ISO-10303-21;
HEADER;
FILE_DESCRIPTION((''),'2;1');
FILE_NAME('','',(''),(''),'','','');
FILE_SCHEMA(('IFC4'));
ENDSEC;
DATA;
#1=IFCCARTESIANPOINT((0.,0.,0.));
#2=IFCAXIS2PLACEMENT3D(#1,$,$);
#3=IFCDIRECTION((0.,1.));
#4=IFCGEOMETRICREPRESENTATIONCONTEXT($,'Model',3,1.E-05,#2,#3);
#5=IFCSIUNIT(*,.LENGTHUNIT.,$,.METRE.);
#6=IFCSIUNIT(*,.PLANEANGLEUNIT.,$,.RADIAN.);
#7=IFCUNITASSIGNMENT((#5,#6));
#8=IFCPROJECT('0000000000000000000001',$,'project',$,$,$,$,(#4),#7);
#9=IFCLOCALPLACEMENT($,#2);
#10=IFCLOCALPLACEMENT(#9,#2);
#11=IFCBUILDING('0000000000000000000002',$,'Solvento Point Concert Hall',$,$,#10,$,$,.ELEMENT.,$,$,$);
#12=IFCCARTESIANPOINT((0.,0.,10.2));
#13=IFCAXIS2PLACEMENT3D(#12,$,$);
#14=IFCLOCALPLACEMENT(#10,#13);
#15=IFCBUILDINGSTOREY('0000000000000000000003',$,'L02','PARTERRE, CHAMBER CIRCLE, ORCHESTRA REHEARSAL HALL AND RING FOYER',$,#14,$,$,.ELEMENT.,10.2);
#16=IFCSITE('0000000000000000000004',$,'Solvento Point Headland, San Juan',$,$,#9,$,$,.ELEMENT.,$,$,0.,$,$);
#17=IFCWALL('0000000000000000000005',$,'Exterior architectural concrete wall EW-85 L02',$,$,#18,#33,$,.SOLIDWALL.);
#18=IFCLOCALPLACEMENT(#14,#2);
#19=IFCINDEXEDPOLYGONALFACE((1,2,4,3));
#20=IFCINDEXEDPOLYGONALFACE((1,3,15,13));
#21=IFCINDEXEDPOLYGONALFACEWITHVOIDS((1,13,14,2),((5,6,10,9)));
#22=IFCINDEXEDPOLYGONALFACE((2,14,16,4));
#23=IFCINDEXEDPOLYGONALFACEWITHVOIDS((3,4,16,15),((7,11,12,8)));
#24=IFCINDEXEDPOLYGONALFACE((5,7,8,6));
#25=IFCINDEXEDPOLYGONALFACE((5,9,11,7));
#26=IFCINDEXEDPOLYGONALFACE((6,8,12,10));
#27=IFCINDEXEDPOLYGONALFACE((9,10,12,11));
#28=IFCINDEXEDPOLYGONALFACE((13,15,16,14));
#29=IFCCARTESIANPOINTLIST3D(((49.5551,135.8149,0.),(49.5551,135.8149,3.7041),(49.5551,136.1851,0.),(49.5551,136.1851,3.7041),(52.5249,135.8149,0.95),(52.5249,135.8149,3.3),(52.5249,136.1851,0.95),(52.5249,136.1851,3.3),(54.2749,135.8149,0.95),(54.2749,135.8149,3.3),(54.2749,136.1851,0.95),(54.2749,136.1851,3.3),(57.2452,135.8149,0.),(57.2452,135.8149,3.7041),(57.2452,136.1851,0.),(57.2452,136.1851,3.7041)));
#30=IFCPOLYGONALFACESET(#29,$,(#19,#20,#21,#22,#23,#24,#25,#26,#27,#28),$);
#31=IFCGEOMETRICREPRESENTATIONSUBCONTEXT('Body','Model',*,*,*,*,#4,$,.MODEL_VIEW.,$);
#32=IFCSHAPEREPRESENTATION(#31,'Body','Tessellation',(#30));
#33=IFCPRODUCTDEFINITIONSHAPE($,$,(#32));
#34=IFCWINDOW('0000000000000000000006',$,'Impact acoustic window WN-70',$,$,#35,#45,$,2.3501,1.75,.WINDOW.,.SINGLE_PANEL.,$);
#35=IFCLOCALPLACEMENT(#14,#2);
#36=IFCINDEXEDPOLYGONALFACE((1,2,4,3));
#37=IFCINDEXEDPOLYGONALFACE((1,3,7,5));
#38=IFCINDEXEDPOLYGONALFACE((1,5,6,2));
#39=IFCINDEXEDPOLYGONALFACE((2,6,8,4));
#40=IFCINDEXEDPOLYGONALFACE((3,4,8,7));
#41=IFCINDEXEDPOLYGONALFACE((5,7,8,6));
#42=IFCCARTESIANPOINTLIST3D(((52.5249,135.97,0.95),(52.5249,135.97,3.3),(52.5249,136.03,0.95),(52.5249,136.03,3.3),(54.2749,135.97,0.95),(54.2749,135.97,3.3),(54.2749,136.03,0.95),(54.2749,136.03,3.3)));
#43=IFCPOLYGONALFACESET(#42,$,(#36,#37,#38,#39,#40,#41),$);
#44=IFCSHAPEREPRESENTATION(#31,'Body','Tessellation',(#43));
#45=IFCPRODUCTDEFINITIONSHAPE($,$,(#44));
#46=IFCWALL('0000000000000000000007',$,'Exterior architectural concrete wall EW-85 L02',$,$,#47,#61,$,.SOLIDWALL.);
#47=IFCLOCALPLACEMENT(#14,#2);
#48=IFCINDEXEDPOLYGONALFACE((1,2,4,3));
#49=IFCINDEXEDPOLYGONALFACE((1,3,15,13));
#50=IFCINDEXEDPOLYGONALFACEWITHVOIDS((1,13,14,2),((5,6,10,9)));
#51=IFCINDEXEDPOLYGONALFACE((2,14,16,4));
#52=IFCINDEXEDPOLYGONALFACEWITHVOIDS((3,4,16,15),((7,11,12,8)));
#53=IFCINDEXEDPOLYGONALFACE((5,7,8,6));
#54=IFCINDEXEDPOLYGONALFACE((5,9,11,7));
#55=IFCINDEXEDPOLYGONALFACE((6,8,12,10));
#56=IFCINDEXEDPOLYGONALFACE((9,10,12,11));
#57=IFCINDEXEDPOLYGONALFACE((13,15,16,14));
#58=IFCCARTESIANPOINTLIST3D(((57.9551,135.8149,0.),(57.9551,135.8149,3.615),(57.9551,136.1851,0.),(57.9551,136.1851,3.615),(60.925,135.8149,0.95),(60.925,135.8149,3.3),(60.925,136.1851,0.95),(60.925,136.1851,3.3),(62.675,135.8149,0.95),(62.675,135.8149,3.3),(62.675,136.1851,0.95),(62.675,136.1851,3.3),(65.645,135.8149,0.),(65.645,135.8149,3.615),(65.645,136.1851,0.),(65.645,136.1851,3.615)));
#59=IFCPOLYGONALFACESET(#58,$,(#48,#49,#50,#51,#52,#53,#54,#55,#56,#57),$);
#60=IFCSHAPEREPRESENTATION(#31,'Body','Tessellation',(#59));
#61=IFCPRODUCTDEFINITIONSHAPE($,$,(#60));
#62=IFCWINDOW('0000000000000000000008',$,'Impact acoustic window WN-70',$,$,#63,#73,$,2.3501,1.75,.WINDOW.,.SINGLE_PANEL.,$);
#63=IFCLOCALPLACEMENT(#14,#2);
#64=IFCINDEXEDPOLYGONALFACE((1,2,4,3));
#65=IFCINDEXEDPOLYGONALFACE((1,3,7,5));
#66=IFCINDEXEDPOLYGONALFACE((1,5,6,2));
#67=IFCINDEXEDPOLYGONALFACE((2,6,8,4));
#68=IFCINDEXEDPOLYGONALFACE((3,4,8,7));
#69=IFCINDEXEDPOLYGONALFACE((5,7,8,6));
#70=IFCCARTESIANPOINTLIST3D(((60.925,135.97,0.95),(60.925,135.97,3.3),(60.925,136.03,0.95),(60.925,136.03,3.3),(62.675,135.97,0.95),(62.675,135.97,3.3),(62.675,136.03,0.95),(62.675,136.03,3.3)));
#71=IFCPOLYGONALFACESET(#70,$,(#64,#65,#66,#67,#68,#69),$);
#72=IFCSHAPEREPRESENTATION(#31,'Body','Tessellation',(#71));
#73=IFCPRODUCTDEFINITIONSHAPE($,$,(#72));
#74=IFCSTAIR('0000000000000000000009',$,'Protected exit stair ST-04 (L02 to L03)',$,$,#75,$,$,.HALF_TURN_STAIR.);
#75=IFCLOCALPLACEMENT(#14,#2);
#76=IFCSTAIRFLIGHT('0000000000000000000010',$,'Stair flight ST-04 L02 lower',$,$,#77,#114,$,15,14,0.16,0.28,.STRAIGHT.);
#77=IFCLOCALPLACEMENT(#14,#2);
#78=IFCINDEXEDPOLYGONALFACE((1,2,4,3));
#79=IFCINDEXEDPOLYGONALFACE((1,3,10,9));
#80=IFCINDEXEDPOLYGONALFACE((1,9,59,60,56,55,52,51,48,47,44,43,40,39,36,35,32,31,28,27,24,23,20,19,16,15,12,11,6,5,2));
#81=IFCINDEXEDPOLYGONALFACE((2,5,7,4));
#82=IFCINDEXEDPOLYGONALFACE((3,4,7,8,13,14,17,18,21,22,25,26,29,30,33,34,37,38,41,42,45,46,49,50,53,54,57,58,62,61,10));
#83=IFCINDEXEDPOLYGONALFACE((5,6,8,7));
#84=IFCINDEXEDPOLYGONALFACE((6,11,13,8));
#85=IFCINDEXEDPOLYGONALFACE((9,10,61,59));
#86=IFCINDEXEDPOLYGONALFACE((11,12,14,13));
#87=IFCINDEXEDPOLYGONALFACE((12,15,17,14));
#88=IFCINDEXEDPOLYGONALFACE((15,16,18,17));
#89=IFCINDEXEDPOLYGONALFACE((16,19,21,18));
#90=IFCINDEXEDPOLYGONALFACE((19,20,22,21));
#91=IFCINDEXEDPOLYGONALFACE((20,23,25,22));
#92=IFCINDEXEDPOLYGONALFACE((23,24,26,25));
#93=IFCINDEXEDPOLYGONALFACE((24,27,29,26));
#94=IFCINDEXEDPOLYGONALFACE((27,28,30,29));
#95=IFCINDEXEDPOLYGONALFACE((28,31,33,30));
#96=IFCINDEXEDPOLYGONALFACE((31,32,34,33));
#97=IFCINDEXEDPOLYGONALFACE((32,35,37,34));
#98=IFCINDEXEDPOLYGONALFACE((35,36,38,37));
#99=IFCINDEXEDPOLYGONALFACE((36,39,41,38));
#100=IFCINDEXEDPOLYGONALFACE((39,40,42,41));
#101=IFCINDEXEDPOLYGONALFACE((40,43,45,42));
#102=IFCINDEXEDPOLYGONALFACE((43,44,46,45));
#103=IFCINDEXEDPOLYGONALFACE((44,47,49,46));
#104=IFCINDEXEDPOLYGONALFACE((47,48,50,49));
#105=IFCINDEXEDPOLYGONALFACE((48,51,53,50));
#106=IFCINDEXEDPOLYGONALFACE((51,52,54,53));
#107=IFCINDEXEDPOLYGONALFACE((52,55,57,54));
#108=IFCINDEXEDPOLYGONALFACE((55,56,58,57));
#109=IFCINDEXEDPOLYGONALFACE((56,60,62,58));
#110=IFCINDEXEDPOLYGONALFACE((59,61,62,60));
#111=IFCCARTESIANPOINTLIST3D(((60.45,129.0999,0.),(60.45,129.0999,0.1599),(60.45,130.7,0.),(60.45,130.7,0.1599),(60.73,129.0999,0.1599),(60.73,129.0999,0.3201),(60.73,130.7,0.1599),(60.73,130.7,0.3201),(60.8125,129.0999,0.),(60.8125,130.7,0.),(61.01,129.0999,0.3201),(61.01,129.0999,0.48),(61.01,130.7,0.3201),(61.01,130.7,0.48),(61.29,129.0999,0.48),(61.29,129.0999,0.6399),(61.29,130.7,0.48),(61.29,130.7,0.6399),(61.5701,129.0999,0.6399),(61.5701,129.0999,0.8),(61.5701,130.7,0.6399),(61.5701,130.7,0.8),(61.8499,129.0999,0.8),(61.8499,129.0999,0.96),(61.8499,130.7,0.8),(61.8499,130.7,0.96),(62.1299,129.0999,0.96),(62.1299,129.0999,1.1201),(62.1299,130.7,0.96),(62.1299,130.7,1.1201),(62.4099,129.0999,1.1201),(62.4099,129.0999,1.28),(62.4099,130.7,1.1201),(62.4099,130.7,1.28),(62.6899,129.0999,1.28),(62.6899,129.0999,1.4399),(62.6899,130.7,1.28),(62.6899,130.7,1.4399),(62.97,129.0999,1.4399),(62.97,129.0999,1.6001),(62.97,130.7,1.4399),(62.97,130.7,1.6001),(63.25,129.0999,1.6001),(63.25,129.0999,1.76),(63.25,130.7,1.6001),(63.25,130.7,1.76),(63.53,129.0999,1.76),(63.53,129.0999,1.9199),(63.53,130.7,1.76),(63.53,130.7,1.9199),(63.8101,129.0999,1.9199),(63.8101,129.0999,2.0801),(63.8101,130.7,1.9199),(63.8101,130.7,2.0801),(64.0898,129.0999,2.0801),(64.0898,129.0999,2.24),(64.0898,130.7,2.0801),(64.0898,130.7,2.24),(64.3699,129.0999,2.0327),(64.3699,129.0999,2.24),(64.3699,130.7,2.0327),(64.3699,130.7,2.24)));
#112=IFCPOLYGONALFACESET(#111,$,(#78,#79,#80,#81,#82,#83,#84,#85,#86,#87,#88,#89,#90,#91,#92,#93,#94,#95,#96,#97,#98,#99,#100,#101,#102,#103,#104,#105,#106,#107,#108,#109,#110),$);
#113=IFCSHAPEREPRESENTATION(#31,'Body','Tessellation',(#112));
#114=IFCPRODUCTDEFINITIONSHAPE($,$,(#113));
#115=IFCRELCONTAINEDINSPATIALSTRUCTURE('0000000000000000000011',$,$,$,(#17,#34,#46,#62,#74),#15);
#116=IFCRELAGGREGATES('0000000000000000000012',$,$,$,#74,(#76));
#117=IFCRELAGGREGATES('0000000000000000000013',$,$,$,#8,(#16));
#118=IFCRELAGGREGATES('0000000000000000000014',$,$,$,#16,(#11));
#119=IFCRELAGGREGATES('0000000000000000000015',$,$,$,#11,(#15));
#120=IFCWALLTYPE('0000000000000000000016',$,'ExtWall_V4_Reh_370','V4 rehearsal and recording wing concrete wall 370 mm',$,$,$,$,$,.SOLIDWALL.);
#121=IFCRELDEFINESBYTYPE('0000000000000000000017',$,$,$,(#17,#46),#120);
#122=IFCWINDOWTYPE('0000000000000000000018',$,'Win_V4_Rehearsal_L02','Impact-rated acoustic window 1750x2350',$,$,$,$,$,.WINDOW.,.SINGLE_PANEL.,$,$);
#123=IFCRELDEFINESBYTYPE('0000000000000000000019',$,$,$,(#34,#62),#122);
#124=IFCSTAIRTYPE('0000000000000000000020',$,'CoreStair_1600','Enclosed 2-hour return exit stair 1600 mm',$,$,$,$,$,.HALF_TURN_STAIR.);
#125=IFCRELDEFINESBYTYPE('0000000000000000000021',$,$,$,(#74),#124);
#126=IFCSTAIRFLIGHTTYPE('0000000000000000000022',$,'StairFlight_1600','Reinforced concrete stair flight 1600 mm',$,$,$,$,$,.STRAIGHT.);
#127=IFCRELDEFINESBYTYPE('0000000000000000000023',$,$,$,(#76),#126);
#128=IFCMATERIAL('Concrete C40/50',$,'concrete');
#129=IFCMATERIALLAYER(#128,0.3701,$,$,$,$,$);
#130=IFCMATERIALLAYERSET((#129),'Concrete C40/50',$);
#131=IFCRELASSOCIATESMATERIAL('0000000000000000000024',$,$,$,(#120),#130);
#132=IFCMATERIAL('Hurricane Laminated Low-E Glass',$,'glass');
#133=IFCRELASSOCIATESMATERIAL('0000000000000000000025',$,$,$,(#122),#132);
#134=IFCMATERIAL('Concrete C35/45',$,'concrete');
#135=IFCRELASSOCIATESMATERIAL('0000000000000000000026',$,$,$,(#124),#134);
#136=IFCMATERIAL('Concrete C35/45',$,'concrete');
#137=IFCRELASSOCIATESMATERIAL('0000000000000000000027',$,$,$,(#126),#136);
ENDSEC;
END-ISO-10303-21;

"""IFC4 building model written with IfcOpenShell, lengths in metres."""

from ifc_helpers import new_model, si_unit, direction, frame, frame_2d, origin, place, context, subcontext, project, spatial, polyline, rectangle, outline, extrude, material, layer, layer_set, type_object, element, fill, aggregate, save


model = new_model("IFC4")

# Units and contexts
model_context = context("Model", 3, precision=1e-05, world=origin(), true_north=direction((0.0, 1.0)))
body_context = subcontext(model_context, "Body", "Model", "MODEL_VIEW")
ifc_project = project(units=[si_unit("LENGTHUNIT", "METRE"), si_unit("PLANEANGLEUNIT", "RADIAN")], contexts=[model_context])

# Site, building, storey
site_placement = place(None, origin())
site = spatial("IfcSite", under=ifc_project, at=site_placement, Name="Solvento Point Headland, San Juan", CompositionType="ELEMENT", RefElevation=0.0)
building_placement = place(site_placement, origin())
building = spatial("IfcBuilding", under=site, at=building_placement, Name="Solvento Point Concert Hall", CompositionType="ELEMENT")
storey_placement = place(building_placement, frame((0.0, 0.0, 10.2)))
storey = spatial("IfcBuildingStorey", under=building, at=storey_placement, Name="L02", Description="PARTERRE, CHAMBER CIRCLE, ORCHESTRA REHEARSAL HALL AND RING FOYER", CompositionType="ELEMENT", Elevation=10.2)

# Walls, openings, windows
ifc_material_1 = material(Name="Concrete C40/50", Category="concrete")
ifc_layer_1 = layer(ifc_material_1, 0.3701)
ifc_layer_set_1 = layer_set([ifc_layer_1], Name="Concrete C40/50")
wall_type_1 = type_object("IfcWallType", Name="ExtWall_V4_Reh_370", Description="V4 rehearsal and recording wing concrete wall 370 mm", PredefinedType="SOLIDWALL", material=ifc_layer_set_1)
wall_1_placement = place(storey_placement, frame((49.5549, 136.0, 0.0), z_axis=(0.0, 0.0, 1.0), x_axis=(1.0, 0.0, 0.0)))
wall_1 = element("IfcWall", 1, at=wall_1_placement, inside=storey, type_object=wall_type_1, Name="Exterior architectural concrete wall EW-85 L02", PredefinedType="SOLIDWALL", context=body_context, shape_type="SweptSolid", body=[
    extrude(rectangle(XDim=7.6902, YDim=0.3701, at=frame_2d((3.8452, 0.0))), origin(), (0.0, 0.0, 1.0), 3.7041),
])
opening_1_placement = place(wall_1_placement, frame((2.97, 0.0, 0.95)))
opening_1 = element("IfcOpeningElement", 2, at=opening_1_placement, cuts=wall_1, PredefinedType="OPENING", context=body_context, shape_type="SweptSolid", body=[
    extrude(rectangle(XDim=1.75, YDim=2.3501, at=frame_2d((0.875, 1.175))), frame((0.0, 0.1951, 0.0), z_axis=(0.0, -1.0, 0.0), x_axis=(1.0, 0.0, 0.0)), (0.0, 0.0, 1.0), 0.3901),
])
ifc_material_2 = material(Name="Hurricane Laminated Low-E Glass", Category="glass")
window_type = type_object("IfcWindowType", Name="Win_V4_Rehearsal_L02", Description="Impact-rated acoustic window 1750x2350", PartitioningType="SINGLE_PANEL", PredefinedType="WINDOW", material=ifc_material_2)
window_1_placement = place(opening_1_placement, origin())
window_1 = element("IfcWindow", 3, at=window_1_placement, inside=storey, type_object=window_type, Name="Impact acoustic window WN-70", OverallHeight=2.3501, OverallWidth=1.75, PartitioningType="SINGLE_PANEL", PredefinedType="WINDOW", context=body_context, shape_type="SweptSolid", body=[
    extrude(rectangle(XDim=1.75, YDim=2.3501, at=frame_2d((0.875, 1.175))), frame((0.0, 0.03, 0.0), z_axis=(0.0, -1.0, 0.0), x_axis=(1.0, 0.0, 0.0)), (0.0, 0.0, 1.0), 0.0601),
])
fill(opening_1, window_1)
wall_2_placement = place(storey_placement, frame((57.9551, 136.0, 0.0), z_axis=(0.0, 0.0, 1.0), x_axis=(1.0, 0.0, 0.0)))
wall_2 = element("IfcWall", 4, at=wall_2_placement, inside=storey, type_object=wall_type_1, Name="Exterior architectural concrete wall EW-85 L02", PredefinedType="SOLIDWALL", context=body_context, shape_type="SweptSolid", body=[
    extrude(rectangle(XDim=7.6899, YDim=0.3701, at=frame_2d((3.845, 0.0))), origin(), (0.0, 0.0, 1.0), 3.615),
])
opening_2_placement = place(wall_2_placement, frame((2.97, 0.0, 0.95)))
opening_2 = element("IfcOpeningElement", 5, at=opening_2_placement, cuts=wall_2, PredefinedType="OPENING", context=body_context, shape_type="SweptSolid", body=[
    extrude(rectangle(XDim=1.75, YDim=2.3501, at=frame_2d((0.875, 1.175))), frame((0.0, 0.1951, 0.0), z_axis=(0.0, -1.0, 0.0), x_axis=(1.0, 0.0, 0.0)), (0.0, 0.0, 1.0), 0.3901),
])
window_2_placement = place(opening_2_placement, origin())
window_2 = element("IfcWindow", 6, at=window_2_placement, inside=storey, type_object=window_type, Name="Impact acoustic window WN-70", OverallHeight=2.3501, OverallWidth=1.75, PartitioningType="SINGLE_PANEL", PredefinedType="WINDOW", context=body_context, shape_type="SweptSolid", body=[
    extrude(rectangle(XDim=1.75, YDim=2.3501, at=frame_2d((0.875, 1.175))), frame((0.0, 0.03, 0.0), z_axis=(0.0, -1.0, 0.0), x_axis=(1.0, 0.0, 0.0)), (0.0, 0.0, 1.0), 0.0601),
])
fill(opening_2, window_2)

# Stair, stair flight
ifc_material_3 = material(Name="Concrete C35/45", Category="concrete")
stair_type = type_object("IfcStairType", Name="CoreStair_1600", Description="Enclosed 2-hour return exit stair 1600 mm", PredefinedType="HALF_TURN_STAIR", material=ifc_material_3)
stair_placement = place(storey_placement, origin())
stair = element("IfcStair", 7, at=stair_placement, inside=storey, type_object=stair_type, Name="Protected exit stair ST-04 (L02 to L03)", PredefinedType="HALF_TURN_STAIR")
ifc_material_4 = material(Name="Concrete C35/45", Category="concrete")
stair_flight_type = type_object("IfcStairFlightType", Name="StairFlight_1600", Description="Reinforced concrete stair flight 1600 mm", PredefinedType="STRAIGHT", material=ifc_material_4)
stair_flight_placement = place(storey_placement, frame((60.45, 129.8999, 0.0), z_axis=(0.0, 0.0, 1.0), x_axis=(1.0, 0.0, 0.0)))
stair_flight = element("IfcStairFlight", 8, at=stair_flight_placement, type_object=stair_flight_type, Name="Stair flight ST-04 L02 lower", NumberOfRisers=15, NumberOfTreads=14, PredefinedType="STRAIGHT", RiserHeight=0.16, TreadLength=0.28, context=body_context, shape_type="SweptSolid", body=[
    extrude(outline(polyline([(0.0, 0.0), (0.0, 0.1599), (0.28, 0.1599), (0.28, 0.3201), (0.5601, 0.3201), (0.5601, 0.48), (0.8401, 0.48), (0.8401, 0.6399), (1.1201, 0.6399), (1.1201, 0.8), (1.3999, 0.8), (1.3999, 0.96), (1.6799, 0.96), (1.6799, 1.1201), (1.96, 1.1201), (1.96, 1.28), (2.24, 1.28), (2.24, 1.4399), (2.52, 1.4399), (2.52, 1.6001), (2.8, 1.6001), (2.8, 1.76), (3.0801, 1.76), (3.0801, 1.9199), (3.3601, 1.9199), (3.3601, 2.0801), (3.6399, 2.0801), (3.6399, 2.24), (3.9199, 2.24), (3.9199, 2.3999), (3.9199, 2.0327), (0.3625, 0.0), (0.0, 0.0)])), frame((0.0, 0.8, 0.0), z_axis=(0.0, -1.0, 0.0), x_axis=(1.0, 0.0, 0.0)), (0.0, 0.0, 1.0), 1.6001),
])
aggregate(stair, [stair_flight])

save(model, "model.ifc")
